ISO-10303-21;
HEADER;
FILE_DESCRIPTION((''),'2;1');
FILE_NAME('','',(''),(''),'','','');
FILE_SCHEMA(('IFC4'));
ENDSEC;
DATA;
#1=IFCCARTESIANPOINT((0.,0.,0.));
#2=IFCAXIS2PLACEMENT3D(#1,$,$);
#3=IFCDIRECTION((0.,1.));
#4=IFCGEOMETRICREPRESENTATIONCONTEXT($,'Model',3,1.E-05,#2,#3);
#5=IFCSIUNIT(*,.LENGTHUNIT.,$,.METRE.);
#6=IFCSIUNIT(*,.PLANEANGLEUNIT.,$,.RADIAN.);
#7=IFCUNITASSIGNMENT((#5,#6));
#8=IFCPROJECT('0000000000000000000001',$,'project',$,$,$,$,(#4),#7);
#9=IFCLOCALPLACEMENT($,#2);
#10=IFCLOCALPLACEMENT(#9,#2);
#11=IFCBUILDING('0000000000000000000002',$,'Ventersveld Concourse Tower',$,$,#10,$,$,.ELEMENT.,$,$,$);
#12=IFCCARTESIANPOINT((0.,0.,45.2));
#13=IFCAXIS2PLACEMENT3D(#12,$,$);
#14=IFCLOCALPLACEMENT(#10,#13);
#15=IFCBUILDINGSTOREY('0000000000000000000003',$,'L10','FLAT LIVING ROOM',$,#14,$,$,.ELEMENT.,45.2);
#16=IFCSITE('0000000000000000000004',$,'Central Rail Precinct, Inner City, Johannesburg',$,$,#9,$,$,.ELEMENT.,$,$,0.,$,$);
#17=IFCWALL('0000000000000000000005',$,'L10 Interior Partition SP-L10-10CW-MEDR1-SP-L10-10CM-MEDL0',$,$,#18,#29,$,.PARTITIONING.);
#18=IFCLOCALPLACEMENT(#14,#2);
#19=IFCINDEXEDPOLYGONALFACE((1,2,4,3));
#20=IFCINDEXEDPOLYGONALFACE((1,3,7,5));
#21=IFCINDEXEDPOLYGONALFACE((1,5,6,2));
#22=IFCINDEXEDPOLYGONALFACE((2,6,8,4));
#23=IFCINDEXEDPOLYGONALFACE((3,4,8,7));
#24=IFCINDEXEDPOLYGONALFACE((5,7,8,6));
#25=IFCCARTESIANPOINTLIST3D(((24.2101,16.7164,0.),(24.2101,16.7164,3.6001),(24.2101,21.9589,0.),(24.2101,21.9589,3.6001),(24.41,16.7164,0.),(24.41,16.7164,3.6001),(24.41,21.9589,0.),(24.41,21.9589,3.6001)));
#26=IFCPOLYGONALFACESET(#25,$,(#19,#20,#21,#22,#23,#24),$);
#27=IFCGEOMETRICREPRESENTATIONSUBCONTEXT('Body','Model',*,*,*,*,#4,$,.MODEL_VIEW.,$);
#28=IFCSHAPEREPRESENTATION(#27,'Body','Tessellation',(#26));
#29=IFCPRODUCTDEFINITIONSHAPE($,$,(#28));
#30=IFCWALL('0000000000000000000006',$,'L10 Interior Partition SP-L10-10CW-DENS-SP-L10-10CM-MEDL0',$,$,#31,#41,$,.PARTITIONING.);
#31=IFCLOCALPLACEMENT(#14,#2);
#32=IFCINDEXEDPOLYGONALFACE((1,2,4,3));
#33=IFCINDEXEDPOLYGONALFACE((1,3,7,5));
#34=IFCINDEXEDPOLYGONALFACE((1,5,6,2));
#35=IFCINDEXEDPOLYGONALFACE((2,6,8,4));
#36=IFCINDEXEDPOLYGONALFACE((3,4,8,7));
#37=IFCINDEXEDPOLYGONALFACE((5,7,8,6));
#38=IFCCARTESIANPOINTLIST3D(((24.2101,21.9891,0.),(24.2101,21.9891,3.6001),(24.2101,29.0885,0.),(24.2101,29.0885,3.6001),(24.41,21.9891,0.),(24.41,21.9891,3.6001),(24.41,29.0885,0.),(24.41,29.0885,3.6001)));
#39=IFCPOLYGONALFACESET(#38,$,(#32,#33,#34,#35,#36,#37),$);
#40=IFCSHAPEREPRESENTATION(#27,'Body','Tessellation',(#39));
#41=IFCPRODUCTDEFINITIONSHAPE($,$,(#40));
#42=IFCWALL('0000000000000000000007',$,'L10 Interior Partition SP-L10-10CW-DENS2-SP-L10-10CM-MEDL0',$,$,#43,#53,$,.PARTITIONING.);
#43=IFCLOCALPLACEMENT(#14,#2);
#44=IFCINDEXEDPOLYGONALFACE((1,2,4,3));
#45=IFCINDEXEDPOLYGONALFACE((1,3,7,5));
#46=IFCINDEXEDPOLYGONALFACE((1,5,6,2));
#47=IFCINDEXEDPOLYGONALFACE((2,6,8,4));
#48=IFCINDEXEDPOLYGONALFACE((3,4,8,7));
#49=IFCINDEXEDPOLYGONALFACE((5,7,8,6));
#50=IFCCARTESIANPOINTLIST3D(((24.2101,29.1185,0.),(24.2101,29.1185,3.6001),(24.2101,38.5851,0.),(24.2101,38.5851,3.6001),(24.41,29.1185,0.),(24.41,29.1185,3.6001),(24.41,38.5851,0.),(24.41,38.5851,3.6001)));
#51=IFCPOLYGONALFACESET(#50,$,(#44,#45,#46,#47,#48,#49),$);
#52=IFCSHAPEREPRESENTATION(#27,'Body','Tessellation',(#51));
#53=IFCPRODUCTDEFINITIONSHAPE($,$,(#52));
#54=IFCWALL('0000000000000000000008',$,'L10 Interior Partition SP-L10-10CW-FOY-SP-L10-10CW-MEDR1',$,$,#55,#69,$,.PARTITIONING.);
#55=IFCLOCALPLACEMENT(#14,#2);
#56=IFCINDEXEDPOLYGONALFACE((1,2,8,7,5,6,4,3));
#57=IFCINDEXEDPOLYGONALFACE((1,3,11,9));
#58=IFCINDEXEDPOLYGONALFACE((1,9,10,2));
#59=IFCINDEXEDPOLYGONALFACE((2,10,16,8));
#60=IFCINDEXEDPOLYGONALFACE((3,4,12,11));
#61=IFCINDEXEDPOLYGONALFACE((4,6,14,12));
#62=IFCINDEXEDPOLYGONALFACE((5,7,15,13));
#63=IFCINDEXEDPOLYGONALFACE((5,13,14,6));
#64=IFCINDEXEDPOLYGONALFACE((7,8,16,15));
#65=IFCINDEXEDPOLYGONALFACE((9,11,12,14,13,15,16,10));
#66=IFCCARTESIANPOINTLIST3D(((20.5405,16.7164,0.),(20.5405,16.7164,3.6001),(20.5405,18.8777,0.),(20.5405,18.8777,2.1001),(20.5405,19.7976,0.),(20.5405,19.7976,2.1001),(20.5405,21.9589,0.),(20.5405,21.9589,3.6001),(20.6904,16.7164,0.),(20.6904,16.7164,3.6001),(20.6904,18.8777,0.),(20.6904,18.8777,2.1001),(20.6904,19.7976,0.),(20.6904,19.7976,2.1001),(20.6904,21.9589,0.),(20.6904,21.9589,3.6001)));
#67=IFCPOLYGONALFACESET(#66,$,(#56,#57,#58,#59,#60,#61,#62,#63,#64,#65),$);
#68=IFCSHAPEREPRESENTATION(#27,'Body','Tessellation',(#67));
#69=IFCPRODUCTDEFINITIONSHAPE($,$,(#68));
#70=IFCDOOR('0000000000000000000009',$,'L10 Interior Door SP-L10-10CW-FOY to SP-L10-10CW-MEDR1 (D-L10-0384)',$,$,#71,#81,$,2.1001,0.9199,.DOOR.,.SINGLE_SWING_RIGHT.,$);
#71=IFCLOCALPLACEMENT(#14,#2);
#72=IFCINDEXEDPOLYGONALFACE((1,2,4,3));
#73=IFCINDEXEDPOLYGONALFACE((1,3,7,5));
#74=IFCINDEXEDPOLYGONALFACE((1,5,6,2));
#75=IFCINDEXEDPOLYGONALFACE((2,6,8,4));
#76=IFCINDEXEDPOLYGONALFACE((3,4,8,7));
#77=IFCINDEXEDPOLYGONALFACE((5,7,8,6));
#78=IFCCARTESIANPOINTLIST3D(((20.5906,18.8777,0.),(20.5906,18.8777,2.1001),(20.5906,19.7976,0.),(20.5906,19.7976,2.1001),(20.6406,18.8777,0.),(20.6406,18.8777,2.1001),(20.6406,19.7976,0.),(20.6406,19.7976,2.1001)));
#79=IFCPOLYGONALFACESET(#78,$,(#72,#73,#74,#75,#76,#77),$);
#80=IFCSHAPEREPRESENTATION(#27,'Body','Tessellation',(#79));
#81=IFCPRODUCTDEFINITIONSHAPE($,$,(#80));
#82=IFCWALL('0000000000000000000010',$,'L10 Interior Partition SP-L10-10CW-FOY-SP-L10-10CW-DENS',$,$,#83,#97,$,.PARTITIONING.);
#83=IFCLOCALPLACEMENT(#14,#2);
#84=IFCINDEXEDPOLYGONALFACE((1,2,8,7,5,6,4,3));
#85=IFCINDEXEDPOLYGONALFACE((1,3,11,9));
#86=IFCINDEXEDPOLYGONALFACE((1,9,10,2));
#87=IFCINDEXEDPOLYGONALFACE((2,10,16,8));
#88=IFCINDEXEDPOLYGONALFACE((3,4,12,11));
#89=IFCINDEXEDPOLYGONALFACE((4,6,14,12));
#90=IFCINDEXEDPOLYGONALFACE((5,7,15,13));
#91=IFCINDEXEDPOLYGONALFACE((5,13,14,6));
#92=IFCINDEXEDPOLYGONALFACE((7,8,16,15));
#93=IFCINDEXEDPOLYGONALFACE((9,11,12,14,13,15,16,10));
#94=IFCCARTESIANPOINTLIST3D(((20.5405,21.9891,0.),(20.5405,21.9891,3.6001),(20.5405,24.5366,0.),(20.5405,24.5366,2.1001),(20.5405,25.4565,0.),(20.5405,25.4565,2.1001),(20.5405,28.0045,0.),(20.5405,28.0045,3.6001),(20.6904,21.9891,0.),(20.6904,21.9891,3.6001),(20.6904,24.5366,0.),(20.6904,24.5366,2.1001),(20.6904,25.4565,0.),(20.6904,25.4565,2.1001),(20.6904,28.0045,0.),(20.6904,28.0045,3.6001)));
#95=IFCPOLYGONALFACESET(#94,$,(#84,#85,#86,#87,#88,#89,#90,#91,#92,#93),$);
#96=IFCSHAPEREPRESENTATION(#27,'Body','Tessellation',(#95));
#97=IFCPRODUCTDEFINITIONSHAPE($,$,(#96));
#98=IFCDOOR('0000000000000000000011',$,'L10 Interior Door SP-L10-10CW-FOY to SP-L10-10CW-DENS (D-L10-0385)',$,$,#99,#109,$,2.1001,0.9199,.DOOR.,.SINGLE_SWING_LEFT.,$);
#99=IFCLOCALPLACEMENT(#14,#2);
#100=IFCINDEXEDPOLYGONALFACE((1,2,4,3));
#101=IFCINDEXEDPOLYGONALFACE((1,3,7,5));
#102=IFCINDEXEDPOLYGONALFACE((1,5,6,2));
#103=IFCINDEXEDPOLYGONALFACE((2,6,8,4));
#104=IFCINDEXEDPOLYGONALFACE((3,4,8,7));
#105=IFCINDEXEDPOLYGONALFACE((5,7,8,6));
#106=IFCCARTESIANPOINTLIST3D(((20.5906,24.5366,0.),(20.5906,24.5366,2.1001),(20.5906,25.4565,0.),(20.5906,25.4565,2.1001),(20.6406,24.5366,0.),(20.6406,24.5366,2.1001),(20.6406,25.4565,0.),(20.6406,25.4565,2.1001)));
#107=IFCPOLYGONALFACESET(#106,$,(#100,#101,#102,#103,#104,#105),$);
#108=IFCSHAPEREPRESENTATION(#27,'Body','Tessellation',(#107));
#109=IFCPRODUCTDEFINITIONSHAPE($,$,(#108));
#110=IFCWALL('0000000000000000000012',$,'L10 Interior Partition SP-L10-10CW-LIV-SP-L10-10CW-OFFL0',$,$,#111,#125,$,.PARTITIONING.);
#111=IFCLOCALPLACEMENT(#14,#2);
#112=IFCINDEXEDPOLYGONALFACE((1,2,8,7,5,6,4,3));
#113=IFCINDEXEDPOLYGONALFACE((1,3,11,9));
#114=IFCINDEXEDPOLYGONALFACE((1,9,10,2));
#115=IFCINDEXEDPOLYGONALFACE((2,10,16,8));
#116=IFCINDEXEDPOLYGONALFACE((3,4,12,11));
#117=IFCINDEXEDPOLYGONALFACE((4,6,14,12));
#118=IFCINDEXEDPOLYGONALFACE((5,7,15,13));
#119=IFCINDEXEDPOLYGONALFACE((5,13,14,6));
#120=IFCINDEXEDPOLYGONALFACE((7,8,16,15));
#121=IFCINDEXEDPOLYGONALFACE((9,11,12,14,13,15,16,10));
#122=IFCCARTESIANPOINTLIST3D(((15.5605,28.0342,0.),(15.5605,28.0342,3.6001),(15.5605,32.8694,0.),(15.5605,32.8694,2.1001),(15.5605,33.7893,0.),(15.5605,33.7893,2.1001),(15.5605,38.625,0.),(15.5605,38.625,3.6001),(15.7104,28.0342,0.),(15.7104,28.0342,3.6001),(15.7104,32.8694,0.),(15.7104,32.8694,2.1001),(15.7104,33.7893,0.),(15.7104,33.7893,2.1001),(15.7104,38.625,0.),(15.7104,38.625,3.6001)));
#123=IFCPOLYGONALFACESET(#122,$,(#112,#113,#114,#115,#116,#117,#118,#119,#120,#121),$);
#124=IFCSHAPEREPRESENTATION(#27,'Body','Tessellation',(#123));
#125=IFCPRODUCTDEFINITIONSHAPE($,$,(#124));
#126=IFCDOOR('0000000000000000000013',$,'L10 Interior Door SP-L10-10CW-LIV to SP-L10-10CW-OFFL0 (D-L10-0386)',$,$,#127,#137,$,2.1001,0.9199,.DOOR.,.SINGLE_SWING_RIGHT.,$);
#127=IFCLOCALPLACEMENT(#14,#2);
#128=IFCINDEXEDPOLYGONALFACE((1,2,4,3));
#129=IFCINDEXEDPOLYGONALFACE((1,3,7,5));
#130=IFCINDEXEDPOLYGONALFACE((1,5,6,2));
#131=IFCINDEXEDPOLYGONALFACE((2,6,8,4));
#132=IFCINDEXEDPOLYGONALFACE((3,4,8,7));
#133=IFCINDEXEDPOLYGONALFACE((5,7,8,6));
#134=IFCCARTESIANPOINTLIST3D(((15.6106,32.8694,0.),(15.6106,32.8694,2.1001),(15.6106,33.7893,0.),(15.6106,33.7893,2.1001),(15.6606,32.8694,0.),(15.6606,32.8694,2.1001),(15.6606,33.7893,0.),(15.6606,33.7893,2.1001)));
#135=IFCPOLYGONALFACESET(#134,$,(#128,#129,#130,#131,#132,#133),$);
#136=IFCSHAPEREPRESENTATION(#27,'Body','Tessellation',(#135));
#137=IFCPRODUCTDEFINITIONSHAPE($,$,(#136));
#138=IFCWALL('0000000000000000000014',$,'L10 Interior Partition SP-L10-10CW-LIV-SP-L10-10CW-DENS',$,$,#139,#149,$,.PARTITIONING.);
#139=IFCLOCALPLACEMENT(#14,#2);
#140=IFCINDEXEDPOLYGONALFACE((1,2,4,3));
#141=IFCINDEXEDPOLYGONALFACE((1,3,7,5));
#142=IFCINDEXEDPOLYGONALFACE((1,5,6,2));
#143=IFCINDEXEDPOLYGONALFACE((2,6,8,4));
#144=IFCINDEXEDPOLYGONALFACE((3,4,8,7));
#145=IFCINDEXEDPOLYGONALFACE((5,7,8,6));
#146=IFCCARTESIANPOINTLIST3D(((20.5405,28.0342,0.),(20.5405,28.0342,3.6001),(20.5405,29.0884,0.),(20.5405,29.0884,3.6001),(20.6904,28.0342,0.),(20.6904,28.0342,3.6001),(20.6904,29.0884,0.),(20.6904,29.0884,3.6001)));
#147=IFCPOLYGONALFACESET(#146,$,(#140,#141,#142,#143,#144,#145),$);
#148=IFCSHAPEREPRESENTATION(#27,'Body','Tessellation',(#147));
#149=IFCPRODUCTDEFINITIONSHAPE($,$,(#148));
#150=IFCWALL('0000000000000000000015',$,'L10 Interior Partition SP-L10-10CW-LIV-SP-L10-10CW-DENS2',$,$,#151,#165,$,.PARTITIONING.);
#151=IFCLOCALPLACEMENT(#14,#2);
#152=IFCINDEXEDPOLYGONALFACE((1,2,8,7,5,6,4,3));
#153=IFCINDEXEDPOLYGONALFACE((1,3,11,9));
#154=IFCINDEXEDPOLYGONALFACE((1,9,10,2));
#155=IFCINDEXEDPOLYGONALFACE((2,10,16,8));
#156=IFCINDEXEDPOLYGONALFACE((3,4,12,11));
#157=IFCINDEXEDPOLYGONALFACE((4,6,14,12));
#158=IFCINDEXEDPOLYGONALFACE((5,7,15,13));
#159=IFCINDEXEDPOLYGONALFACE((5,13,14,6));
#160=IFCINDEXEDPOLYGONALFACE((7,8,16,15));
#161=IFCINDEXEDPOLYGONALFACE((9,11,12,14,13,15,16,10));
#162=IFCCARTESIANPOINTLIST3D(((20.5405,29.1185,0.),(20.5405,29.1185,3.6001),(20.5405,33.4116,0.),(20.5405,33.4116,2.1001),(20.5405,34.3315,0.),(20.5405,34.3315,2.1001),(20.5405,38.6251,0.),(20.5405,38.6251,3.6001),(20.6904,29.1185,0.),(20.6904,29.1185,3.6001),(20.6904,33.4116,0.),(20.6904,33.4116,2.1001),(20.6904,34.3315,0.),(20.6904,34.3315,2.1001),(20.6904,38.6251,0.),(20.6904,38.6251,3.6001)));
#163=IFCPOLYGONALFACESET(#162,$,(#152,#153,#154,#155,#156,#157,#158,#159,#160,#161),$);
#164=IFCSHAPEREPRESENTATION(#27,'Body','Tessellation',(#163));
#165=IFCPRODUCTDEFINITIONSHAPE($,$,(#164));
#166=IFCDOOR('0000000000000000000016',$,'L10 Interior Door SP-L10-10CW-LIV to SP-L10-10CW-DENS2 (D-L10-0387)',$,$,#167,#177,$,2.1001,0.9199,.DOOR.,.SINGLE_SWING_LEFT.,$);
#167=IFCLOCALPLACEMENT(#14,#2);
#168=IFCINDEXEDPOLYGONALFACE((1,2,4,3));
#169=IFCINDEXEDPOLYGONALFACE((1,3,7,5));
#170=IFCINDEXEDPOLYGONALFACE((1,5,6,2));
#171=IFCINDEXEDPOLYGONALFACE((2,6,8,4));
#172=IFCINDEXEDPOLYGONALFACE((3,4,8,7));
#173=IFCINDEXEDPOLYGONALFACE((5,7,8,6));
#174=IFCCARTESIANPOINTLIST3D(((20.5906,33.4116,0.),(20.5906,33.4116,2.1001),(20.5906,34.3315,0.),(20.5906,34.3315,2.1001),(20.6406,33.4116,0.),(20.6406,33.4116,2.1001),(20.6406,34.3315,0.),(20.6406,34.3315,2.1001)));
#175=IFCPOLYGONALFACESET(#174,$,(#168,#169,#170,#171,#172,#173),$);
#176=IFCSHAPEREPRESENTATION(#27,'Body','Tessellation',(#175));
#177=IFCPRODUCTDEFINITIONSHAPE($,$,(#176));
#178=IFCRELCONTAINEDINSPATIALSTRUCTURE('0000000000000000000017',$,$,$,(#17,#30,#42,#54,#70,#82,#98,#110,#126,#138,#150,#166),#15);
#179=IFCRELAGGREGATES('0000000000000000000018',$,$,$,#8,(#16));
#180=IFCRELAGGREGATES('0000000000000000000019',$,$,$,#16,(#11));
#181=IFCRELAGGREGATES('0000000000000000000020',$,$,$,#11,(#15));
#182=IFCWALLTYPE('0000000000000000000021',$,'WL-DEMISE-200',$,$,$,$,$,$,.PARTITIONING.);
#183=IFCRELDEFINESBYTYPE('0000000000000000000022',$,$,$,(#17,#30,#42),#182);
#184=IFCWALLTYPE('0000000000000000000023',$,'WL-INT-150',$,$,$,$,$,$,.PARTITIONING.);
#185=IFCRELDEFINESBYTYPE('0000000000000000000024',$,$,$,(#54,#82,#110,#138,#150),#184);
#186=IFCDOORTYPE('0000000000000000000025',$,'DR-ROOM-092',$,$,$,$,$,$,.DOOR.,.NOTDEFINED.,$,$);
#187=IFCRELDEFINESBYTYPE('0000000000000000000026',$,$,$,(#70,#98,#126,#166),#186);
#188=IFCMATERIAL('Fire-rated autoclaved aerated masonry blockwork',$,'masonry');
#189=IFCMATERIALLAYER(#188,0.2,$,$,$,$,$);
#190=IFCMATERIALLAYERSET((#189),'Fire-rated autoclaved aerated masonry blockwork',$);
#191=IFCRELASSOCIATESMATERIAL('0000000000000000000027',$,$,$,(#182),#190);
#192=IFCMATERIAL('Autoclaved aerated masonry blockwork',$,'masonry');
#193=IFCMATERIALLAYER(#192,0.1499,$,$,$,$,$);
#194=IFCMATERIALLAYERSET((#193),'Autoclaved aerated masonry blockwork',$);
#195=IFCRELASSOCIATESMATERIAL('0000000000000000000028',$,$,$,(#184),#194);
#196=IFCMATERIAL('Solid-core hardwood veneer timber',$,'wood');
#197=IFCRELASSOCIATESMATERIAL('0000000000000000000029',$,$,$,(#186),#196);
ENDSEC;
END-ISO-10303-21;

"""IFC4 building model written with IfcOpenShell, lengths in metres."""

from ifc_helpers import new_model, si_unit, direction, frame, frame_2d, origin, place, context, subcontext, project, spatial, rectangle, extrude, material, layer, layer_set, type_object, element, fill, save


model = new_model("IFC4")

# Units and contexts
model_context = context("Model", 3, precision=1e-05, world=origin(), true_north=direction((0.0, 1.0)))
body_context = subcontext(model_context, "Body", "Model", "MODEL_VIEW")
ifc_project = project(units=[si_unit("LENGTHUNIT", "METRE"), si_unit("PLANEANGLEUNIT", "RADIAN")], contexts=[model_context])

# Site, building, storey
site_placement = place(None, origin())
site = spatial("IfcSite", under=ifc_project, at=site_placement, Name="Central Rail Precinct, Inner City, Johannesburg", CompositionType="ELEMENT", RefElevation=0.0)
building_placement = place(site_placement, origin())
building = spatial("IfcBuilding", under=site, at=building_placement, Name="Ventersveld Concourse Tower", CompositionType="ELEMENT")
storey_placement = place(building_placement, frame((0.0, 0.0, 45.2)))
storey = spatial("IfcBuildingStorey", under=building, at=storey_placement, Name="L10", Description="FLAT LIVING ROOM", CompositionType="ELEMENT", Elevation=45.2)

# Shared definitions
ifc_material_1 = material(Name="Fire-rated autoclaved aerated masonry blockwork", Category="masonry")
ifc_material_2 = material(Name="Solid-core hardwood veneer timber", Category="wood")

# Walls
ifc_layer_1 = layer(ifc_material_1, 0.2)
ifc_layer_set_1 = layer_set([ifc_layer_1], Name="Fire-rated autoclaved aerated masonry blockwork")
wall_type_1 = type_object("IfcWallType", Name="WL-DEMISE-200", PredefinedType="PARTITIONING", material=ifc_layer_set_1)
wall_1_placement = place(storey_placement, frame((24.3101, 16.7166, 0.0), z_axis=(0.0, 0.0, 1.0), x_axis=(0.0, 1.0, 0.0)))
element("IfcWall", 1, at=wall_1_placement, inside=storey, type_object=wall_type_1, Name="L10 Interior Partition SP-L10-10CW-MEDR1-SP-L10-10CM-MEDL0", PredefinedType="PARTITIONING", context=body_context, shape_type="SweptSolid", body=[
    extrude(rectangle(XDim=5.2424, YDim=0.2, at=frame_2d((2.6211, 0.0))), origin(), (0.0, 0.0, 1.0), 3.6001),
])
wall_2_placement = place(storey_placement, frame((24.3101, 21.989, 0.0), z_axis=(0.0, 0.0, 1.0), x_axis=(0.0, 1.0, 0.0)))
element("IfcWall", 2, at=wall_2_placement, inside=storey, type_object=wall_type_1, Name="L10 Interior Partition SP-L10-10CW-DENS-SP-L10-10CM-MEDL0", PredefinedType="PARTITIONING", context=body_context, shape_type="SweptSolid", body=[
    extrude(rectangle(XDim=7.0994, YDim=0.2, at=frame_2d((3.5498, 0.0))), origin(), (0.0, 0.0, 1.0), 3.6001),
])
wall_3_placement = place(storey_placement, frame((24.3101, 29.1184, 0.0), z_axis=(0.0, 0.0, 1.0), x_axis=(0.0, 1.0, 0.0)))
element("IfcWall", 3, at=wall_3_placement, inside=storey, type_object=wall_type_1, Name="L10 Interior Partition SP-L10-10CW-DENS2-SP-L10-10CM-MEDL0", PredefinedType="PARTITIONING", context=body_context, shape_type="SweptSolid", body=[
    extrude(rectangle(XDim=9.4666, YDim=0.2, at=frame_2d((4.7334, 0.0))), origin(), (0.0, 0.0, 1.0), 3.6001),
])

# Walls, openings, doors
ifc_material_3 = material(Name="Autoclaved aerated masonry blockwork", Category="masonry")
ifc_layer_2 = layer(ifc_material_3, 0.1499)
ifc_layer_set_2 = layer_set([ifc_layer_2], Name="Autoclaved aerated masonry blockwork")
wall_type_2 = type_object("IfcWallType", Name="WL-INT-150", PredefinedType="PARTITIONING", material=ifc_layer_set_2)
wall_4_placement = place(storey_placement, frame((20.6155, 16.7166, 0.0), z_axis=(0.0, 0.0, 1.0), x_axis=(0.0, 1.0, 0.0)))
wall_4 = element("IfcWall", 4, at=wall_4_placement, inside=storey, type_object=wall_type_2, Name="L10 Interior Partition SP-L10-10CW-FOY-SP-L10-10CW-MEDR1", PredefinedType="PARTITIONING", context=body_context, shape_type="SweptSolid", body=[
    extrude(rectangle(XDim=5.2424, YDim=0.1499, at=frame_2d((2.6211, 0.0))), origin(), (0.0, 0.0, 1.0), 3.6001),
])
opening_1_placement = place(wall_4_placement, frame((2.1611, 0.0, 0.0)))
opening_1 = element("IfcOpeningElement", 5, at=opening_1_placement, cuts=wall_4, PredefinedType="OPENING", context=body_context, shape_type="SweptSolid", body=[
    extrude(rectangle(XDim=0.9199, YDim=2.1001, at=frame_2d((0.46, 1.05))), frame((0.0, 0.085, 0.0), z_axis=(0.0, -1.0, 0.0), x_axis=(1.0, 0.0, 0.0)), (0.0, 0.0, 1.0), 0.1699),
])
door_type_1 = type_object("IfcDoorType", Name="DR-ROOM-092", OperationType="NOTDEFINED", PredefinedType="DOOR", material=ifc_material_2)
door_1_placement = place(opening_1_placement, origin())
door_1 = element("IfcDoor", 6, at=door_1_placement, inside=storey, type_object=door_type_1, Name="L10 Interior Door SP-L10-10CW-FOY to SP-L10-10CW-MEDR1 (D-L10-0384)", OperationType="SINGLE_SWING_RIGHT", OverallHeight=2.1001, OverallWidth=0.9199, PredefinedType="DOOR", context=body_context, shape_type="SweptSolid", body=[
    extrude(rectangle(XDim=0.9199, YDim=2.1001, at=frame_2d((0.46, 1.05))), frame((0.0, 0.0249, 0.0), z_axis=(0.0, -1.0, 0.0), x_axis=(1.0, 0.0, 0.0)), (0.0, 0.0, 1.0), 0.05),
])
fill(opening_1, door_1)
wall_5_placement = place(storey_placement, frame((20.6155, 21.989, 0.0), z_axis=(0.0, 0.0, 1.0), x_axis=(0.0, 1.0, 0.0)))
wall_5 = element("IfcWall", 7, at=wall_5_placement, inside=storey, type_object=wall_type_2, Name="L10 Interior Partition SP-L10-10CW-FOY-SP-L10-10CW-DENS", PredefinedType="PARTITIONING", context=body_context, shape_type="SweptSolid", body=[
    extrude(rectangle(XDim=6.0154, YDim=0.1499, at=frame_2d((3.0078, 0.0))), origin(), (0.0, 0.0, 1.0), 3.6001),
])
opening_2_placement = place(wall_5_placement, frame((2.5476, 0.0, 0.0)))
opening_2 = element("IfcOpeningElement", 8, at=opening_2_placement, cuts=wall_5, PredefinedType="OPENING", context=body_context, shape_type="SweptSolid", body=[
    extrude(rectangle(XDim=0.9199, YDim=2.1001, at=frame_2d((0.46, 1.05))), frame((0.0, 0.085, 0.0), z_axis=(0.0, -1.0, 0.0), x_axis=(1.0, 0.0, 0.0)), (0.0, 0.0, 1.0), 0.1699),
])
door_2_placement = place(opening_2_placement, origin())
door_2 = element("IfcDoor", 9, at=door_2_placement, inside=storey, type_object=door_type_1, Name="L10 Interior Door SP-L10-10CW-FOY to SP-L10-10CW-DENS (D-L10-0385)", OperationType="SINGLE_SWING_LEFT", OverallHeight=2.1001, OverallWidth=0.9199, PredefinedType="DOOR", context=body_context, shape_type="SweptSolid", body=[
    extrude(rectangle(XDim=0.9199, YDim=2.1001, at=frame_2d((0.46, 1.05))), frame((0.0, 0.0249, 0.0), z_axis=(0.0, -1.0, 0.0), x_axis=(1.0, 0.0, 0.0)), (0.0, 0.0, 1.0), 0.05),
])
fill(opening_2, door_2)
wall_6_placement = place(storey_placement, frame((15.6355, 28.0342, 0.0), z_axis=(0.0, 0.0, 1.0), x_axis=(0.0, 1.0, 0.0)))
wall_6 = element("IfcWall", 10, at=wall_6_placement, inside=storey, type_object=wall_type_2, Name="L10 Interior Partition SP-L10-10CW-LIV-SP-L10-10CW-OFFL0", PredefinedType="PARTITIONING", context=body_context, shape_type="SweptSolid", body=[
    extrude(rectangle(XDim=10.5908, YDim=0.1499, at=frame_2d((5.2954, 0.0))), origin(), (0.0, 0.0, 1.0), 3.6001),
])
opening_3_placement = place(wall_6_placement, frame((4.8352, 0.0, 0.0)))
opening_3 = element("IfcOpeningElement", 11, at=opening_3_placement, cuts=wall_6, PredefinedType="OPENING", context=body_context, shape_type="SweptSolid", body=[
    extrude(rectangle(XDim=0.9199, YDim=2.1001, at=frame_2d((0.46, 1.05))), frame((0.0, 0.085, 0.0), z_axis=(0.0, -1.0, 0.0), x_axis=(1.0, 0.0, 0.0)), (0.0, 0.0, 1.0), 0.1699),
])
door_3_placement = place(opening_3_placement, origin())
door_3 = element("IfcDoor", 12, at=door_3_placement, inside=storey, type_object=door_type_1, Name="L10 Interior Door SP-L10-10CW-LIV to SP-L10-10CW-OFFL0 (D-L10-0386)", OperationType="SINGLE_SWING_RIGHT", OverallHeight=2.1001, OverallWidth=0.9199, PredefinedType="DOOR", context=body_context, shape_type="SweptSolid", body=[
    extrude(rectangle(XDim=0.9199, YDim=2.1001, at=frame_2d((0.46, 1.05))), frame((0.0, 0.0249, 0.0), z_axis=(0.0, -1.0, 0.0), x_axis=(1.0, 0.0, 0.0)), (0.0, 0.0, 1.0), 0.05),
])
fill(opening_3, door_3)

# Wall
wall_7_placement = place(storey_placement, frame((20.6155, 28.0342, 0.0), z_axis=(0.0, 0.0, 1.0), x_axis=(0.0, 1.0, 0.0)))
element("IfcWall", 13, at=wall_7_placement, inside=storey, type_object=wall_type_2, Name="L10 Interior Partition SP-L10-10CW-LIV-SP-L10-10CW-DENS", PredefinedType="PARTITIONING", context=body_context, shape_type="SweptSolid", body=[
    extrude(rectangle(XDim=1.0542, YDim=0.1499, at=frame_2d((0.5271, 0.0))), origin(), (0.0, 0.0, 1.0), 3.6001),
])

# Wall, opening, door
wall_8_placement = place(storey_placement, frame((20.6155, 29.1184, 0.0), z_axis=(0.0, 0.0, 1.0), x_axis=(0.0, 1.0, 0.0)))
wall_8 = element("IfcWall", 14, at=wall_8_placement, inside=storey, type_object=wall_type_2, Name="L10 Interior Partition SP-L10-10CW-LIV-SP-L10-10CW-DENS2", PredefinedType="PARTITIONING", context=body_context, shape_type="SweptSolid", body=[
    extrude(rectangle(XDim=9.5066, YDim=0.1499, at=frame_2d((4.7534, 0.0))), origin(), (0.0, 0.0, 1.0), 3.6001),
])
opening_4_placement = place(wall_8_placement, frame((4.2932, 0.0, 0.0)))
opening_4 = element("IfcOpeningElement", 15, at=opening_4_placement, cuts=wall_8, PredefinedType="OPENING", context=body_context, shape_type="SweptSolid", body=[
    extrude(rectangle(XDim=0.9199, YDim=2.1001, at=frame_2d((0.46, 1.05))), frame((0.0, 0.085, 0.0), z_axis=(0.0, -1.0, 0.0), x_axis=(1.0, 0.0, 0.0)), (0.0, 0.0, 1.0), 0.1699),
])
door_4_placement = place(opening_4_placement, origin())
door_4 = element("IfcDoor", 16, at=door_4_placement, inside=storey, type_object=door_type_1, Name="L10 Interior Door SP-L10-10CW-LIV to SP-L10-10CW-DENS2 (D-L10-0387)", OperationType="SINGLE_SWING_LEFT", OverallHeight=2.1001, OverallWidth=0.9199, PredefinedType="DOOR", context=body_context, shape_type="SweptSolid", body=[
    extrude(rectangle(XDim=0.9199, YDim=2.1001, at=frame_2d((0.46, 1.05))), frame((0.0, 0.0249, 0.0), z_axis=(0.0, -1.0, 0.0), x_axis=(1.0, 0.0, 0.0)), (0.0, 0.0, 1.0), 0.05),
])
fill(opening_4, door_4)

save(model, "model.ifc")
